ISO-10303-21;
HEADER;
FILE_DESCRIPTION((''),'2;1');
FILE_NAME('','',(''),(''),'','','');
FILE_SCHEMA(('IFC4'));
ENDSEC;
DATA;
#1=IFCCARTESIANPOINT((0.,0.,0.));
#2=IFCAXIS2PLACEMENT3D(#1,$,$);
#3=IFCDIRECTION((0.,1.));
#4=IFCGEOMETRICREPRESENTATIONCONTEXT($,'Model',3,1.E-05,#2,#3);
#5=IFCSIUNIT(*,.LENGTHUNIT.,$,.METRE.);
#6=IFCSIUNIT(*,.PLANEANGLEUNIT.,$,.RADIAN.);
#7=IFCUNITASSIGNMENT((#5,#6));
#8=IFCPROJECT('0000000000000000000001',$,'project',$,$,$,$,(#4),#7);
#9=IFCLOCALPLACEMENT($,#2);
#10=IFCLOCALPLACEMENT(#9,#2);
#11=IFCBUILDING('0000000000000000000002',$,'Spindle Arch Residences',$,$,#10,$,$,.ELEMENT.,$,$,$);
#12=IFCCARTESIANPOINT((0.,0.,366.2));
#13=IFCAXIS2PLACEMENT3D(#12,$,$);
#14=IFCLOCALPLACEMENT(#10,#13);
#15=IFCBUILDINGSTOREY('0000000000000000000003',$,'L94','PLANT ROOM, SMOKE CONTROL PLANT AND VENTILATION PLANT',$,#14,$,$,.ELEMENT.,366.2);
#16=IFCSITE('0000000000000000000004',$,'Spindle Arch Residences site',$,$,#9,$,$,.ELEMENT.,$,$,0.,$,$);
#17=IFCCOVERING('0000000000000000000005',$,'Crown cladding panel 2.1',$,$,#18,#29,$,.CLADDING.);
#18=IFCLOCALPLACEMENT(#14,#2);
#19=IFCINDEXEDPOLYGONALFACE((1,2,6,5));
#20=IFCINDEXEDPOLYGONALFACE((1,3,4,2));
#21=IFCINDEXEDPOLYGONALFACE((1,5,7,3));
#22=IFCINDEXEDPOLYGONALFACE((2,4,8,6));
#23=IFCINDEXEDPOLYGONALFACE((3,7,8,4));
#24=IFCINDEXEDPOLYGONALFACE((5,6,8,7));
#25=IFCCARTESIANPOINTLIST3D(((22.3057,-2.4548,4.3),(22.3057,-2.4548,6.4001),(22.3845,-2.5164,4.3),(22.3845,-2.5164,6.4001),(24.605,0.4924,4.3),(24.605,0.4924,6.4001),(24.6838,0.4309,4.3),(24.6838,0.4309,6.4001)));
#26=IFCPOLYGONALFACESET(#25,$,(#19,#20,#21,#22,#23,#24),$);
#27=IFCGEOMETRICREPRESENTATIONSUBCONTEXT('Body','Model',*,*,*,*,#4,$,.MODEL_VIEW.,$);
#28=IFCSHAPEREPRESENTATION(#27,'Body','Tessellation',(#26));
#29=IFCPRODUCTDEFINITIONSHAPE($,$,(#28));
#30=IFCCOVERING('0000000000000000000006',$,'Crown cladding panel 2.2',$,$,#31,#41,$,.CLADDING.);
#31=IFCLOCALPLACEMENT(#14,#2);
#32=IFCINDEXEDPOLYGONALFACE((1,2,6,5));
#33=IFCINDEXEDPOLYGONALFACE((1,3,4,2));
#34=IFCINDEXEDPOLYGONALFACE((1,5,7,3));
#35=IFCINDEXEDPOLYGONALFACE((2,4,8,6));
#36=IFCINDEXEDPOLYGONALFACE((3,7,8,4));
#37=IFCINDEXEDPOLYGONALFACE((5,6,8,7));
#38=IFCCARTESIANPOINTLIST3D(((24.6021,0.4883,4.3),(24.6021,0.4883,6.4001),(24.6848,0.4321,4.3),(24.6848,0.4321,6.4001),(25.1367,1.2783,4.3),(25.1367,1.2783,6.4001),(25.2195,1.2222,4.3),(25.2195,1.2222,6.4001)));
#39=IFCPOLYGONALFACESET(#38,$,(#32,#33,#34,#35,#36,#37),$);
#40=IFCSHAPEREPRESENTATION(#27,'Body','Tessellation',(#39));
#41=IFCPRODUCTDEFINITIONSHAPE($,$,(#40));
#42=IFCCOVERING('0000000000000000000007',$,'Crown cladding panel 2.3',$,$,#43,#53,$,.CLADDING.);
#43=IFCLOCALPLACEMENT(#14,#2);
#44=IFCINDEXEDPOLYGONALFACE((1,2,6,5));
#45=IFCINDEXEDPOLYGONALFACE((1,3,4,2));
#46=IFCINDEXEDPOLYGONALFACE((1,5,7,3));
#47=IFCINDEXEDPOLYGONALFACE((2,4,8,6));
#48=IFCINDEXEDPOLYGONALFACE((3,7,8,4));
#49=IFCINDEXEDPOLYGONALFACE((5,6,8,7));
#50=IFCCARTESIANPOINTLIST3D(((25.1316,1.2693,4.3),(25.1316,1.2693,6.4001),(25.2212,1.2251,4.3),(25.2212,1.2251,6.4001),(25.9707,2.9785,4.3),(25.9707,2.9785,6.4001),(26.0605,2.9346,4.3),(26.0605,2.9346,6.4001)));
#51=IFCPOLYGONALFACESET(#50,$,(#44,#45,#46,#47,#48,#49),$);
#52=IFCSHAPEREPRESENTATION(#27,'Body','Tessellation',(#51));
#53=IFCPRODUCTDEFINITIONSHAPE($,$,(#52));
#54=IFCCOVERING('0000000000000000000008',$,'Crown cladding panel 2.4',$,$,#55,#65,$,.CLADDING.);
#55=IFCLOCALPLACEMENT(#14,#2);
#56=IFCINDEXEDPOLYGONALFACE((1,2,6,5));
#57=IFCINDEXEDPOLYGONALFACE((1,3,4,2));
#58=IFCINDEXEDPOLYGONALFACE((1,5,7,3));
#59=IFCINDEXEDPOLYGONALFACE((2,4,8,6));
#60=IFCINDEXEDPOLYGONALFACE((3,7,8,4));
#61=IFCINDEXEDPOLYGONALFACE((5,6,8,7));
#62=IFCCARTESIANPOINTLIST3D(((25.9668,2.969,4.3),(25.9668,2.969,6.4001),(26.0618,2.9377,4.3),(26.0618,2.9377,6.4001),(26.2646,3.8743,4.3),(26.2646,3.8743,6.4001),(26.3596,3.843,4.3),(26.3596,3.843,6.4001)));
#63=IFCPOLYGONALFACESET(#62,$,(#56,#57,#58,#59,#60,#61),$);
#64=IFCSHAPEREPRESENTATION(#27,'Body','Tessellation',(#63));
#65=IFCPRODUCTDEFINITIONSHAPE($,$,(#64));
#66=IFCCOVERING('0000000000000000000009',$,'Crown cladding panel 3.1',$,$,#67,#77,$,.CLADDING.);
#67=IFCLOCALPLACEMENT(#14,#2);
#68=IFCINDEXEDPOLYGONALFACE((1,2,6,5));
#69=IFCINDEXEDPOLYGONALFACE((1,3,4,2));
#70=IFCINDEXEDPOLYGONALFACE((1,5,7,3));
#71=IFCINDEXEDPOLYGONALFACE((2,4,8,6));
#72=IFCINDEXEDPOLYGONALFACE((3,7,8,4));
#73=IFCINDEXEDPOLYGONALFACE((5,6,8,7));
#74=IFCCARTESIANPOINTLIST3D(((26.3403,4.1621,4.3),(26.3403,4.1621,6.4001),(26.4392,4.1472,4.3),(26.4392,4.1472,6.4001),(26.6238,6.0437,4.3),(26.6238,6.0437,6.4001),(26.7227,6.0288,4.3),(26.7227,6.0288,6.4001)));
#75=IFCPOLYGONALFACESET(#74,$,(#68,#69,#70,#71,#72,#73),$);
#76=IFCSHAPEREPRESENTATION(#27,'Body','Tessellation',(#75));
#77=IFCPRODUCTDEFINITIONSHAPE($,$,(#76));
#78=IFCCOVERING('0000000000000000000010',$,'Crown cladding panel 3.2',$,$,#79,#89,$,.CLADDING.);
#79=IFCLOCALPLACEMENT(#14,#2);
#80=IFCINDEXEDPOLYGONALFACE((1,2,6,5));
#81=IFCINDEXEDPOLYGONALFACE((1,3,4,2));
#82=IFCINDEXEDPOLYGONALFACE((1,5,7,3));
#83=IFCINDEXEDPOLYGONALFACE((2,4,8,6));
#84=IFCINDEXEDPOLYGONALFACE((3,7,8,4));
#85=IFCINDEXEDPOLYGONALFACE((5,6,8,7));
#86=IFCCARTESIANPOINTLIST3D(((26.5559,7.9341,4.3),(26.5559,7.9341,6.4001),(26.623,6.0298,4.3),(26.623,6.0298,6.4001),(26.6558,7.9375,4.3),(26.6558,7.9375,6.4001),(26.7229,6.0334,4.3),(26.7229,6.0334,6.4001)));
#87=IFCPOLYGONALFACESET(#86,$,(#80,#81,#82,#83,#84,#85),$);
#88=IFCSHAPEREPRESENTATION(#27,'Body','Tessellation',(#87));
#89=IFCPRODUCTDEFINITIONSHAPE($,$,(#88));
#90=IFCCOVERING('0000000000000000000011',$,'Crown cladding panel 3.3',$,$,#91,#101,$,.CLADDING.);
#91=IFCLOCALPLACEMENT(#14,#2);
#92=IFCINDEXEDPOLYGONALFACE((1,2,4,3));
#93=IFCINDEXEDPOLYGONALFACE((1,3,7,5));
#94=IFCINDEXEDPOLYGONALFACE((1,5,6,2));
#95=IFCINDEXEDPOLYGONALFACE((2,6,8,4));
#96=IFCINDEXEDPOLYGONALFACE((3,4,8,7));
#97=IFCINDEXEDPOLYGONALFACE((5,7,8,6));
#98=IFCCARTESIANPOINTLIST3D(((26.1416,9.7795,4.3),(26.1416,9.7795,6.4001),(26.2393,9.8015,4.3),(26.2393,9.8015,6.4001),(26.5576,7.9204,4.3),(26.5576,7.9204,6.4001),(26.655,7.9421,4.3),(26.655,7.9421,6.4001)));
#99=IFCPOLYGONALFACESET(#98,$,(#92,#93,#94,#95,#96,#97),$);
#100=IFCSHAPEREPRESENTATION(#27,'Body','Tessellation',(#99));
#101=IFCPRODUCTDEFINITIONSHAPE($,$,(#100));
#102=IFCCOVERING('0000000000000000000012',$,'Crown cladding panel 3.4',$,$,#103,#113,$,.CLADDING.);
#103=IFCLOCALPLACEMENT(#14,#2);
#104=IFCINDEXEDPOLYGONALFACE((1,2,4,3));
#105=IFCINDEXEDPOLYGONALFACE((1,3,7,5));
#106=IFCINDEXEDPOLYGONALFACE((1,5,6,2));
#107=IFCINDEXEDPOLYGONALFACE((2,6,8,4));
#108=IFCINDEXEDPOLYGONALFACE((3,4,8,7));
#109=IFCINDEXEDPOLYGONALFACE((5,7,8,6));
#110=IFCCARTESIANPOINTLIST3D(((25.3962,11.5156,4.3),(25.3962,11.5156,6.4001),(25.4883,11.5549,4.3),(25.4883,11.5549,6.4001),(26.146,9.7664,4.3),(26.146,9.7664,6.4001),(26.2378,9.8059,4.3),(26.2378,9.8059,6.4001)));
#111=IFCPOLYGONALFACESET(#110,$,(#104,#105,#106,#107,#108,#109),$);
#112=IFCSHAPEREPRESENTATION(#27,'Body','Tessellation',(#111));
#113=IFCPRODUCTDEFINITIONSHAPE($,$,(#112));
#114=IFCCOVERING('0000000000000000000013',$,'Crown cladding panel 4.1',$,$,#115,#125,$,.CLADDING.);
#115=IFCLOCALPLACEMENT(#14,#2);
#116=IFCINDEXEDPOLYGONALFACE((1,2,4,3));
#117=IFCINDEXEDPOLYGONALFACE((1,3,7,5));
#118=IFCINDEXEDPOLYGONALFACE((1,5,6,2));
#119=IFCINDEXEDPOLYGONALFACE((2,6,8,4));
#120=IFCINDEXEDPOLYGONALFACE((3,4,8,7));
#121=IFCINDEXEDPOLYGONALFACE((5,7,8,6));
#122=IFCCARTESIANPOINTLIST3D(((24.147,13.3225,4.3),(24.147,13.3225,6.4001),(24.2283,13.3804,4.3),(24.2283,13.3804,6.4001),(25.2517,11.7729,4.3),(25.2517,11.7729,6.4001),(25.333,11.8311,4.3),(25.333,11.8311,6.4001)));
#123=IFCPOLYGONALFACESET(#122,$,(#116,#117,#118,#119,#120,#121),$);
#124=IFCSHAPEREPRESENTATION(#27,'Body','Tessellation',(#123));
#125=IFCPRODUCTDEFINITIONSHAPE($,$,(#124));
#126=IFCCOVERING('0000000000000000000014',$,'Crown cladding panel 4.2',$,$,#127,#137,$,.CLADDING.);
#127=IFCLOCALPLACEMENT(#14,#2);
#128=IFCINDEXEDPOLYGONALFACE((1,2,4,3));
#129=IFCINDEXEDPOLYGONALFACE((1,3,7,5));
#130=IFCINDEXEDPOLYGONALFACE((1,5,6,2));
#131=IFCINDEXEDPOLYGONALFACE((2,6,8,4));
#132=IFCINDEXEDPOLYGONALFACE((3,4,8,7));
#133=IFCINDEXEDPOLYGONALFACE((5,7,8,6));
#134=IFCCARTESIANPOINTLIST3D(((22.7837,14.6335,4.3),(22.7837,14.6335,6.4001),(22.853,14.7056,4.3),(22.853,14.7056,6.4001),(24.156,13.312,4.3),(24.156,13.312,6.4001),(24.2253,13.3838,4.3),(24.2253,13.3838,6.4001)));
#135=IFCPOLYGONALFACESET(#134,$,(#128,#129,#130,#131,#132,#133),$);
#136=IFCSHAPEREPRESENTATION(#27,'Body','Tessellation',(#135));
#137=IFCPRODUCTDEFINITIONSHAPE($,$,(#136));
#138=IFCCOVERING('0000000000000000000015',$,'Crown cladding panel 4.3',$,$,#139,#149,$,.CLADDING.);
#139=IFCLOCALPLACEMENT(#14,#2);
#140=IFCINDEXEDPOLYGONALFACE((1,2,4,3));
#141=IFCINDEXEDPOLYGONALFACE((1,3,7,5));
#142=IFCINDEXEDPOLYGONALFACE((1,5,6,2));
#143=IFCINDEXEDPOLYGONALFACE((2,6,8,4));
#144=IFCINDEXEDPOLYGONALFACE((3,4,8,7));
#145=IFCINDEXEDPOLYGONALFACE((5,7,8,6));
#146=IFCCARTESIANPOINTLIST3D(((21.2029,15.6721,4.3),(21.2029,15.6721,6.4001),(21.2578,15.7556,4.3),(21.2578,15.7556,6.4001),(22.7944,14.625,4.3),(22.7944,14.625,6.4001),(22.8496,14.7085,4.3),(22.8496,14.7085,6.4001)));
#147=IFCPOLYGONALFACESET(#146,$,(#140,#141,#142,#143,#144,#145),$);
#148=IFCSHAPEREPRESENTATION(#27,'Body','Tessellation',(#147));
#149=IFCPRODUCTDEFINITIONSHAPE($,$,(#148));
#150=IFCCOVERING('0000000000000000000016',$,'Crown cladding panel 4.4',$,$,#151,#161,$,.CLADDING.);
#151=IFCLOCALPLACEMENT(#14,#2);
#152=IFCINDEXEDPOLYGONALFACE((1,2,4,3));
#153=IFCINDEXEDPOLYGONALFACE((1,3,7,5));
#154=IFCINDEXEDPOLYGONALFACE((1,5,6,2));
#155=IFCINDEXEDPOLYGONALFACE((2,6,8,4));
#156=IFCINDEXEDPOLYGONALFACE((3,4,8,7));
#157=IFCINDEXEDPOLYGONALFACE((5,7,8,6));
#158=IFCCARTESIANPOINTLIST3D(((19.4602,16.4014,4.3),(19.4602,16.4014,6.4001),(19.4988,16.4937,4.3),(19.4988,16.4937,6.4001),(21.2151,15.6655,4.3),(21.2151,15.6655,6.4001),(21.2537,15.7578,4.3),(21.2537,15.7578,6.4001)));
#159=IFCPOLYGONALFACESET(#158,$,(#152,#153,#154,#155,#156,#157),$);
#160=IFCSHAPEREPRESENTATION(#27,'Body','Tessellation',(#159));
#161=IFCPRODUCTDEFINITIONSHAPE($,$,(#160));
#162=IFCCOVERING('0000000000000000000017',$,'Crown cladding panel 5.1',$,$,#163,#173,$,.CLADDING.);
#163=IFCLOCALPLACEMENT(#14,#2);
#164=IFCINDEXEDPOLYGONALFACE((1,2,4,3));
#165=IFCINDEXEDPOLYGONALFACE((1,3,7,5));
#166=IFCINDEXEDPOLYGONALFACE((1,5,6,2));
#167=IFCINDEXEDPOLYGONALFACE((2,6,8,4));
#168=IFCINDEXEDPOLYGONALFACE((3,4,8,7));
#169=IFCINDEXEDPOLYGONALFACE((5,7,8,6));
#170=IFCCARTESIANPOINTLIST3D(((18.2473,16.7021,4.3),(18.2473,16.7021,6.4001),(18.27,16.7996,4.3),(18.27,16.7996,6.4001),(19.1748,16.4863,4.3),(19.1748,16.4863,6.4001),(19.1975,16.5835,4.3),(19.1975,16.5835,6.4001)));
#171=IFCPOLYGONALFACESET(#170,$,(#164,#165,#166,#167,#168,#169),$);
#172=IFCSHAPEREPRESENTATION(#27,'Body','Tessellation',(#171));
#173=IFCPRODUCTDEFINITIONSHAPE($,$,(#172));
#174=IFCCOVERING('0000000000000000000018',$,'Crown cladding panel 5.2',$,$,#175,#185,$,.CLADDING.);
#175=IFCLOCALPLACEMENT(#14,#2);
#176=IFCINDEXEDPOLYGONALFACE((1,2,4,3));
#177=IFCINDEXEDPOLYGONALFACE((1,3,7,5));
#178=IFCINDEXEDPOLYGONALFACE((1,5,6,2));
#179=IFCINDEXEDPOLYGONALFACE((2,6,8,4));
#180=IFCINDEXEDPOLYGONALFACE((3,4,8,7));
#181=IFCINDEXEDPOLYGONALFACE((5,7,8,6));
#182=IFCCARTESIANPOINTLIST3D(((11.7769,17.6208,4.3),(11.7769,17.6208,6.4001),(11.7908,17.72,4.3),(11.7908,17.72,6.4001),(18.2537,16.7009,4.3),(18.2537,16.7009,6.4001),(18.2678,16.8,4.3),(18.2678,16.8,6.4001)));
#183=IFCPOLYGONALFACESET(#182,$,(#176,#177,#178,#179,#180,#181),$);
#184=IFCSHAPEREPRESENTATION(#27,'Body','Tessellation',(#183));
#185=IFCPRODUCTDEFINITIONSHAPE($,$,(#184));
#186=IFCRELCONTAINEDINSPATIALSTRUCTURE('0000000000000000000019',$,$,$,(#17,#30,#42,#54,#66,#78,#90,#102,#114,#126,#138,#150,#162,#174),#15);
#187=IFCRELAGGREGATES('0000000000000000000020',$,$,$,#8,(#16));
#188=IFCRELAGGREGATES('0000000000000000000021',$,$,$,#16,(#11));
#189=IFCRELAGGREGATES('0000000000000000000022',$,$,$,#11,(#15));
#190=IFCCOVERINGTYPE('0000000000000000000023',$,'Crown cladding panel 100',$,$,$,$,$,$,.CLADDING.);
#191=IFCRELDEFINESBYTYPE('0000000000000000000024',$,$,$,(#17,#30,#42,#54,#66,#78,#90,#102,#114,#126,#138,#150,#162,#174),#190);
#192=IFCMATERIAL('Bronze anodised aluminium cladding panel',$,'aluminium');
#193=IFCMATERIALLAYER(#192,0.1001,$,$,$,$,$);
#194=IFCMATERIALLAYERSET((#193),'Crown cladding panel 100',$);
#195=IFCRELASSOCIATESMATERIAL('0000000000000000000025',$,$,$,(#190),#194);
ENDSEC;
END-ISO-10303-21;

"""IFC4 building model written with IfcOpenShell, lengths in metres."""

from ifc_helpers import new_model, si_unit, direction, frame, origin, place, context, subcontext, project, spatial, polyline, outline, extrude, material, layer, layer_set, type_object, element, save


model = new_model("IFC4")

# Units and contexts
model_context = context("Model", 3, precision=1e-05, world=origin(), true_north=direction((0.0, 1.0)))
body_context = subcontext(model_context, "Body", "Model", "MODEL_VIEW")
ifc_project = project(units=[si_unit("LENGTHUNIT", "METRE"), si_unit("PLANEANGLEUNIT", "RADIAN")], contexts=[model_context])

# Site, building, storey
site_placement = place(None, origin())
site = spatial("IfcSite", under=ifc_project, at=site_placement, Name="Spindle Arch Residences site", CompositionType="ELEMENT", RefElevation=0.0)
building_placement = place(site_placement, origin())
building = spatial("IfcBuilding", under=site, at=building_placement, Name="Spindle Arch Residences", CompositionType="ELEMENT")
storey_placement = place(building_placement, frame((0.0, 0.0, 366.2)))
storey = spatial("IfcBuildingStorey", under=building, at=storey_placement, Name="L94", Description="PLANT ROOM, SMOKE CONTROL PLANT AND VENTILATION PLANT", CompositionType="ELEMENT", Elevation=366.2)

# Coverings
ifc_material_1 = material(Name="Bronze anodised aluminium cladding panel", Category="aluminium")
ifc_layer_1 = layer(ifc_material_1, 0.1001)
ifc_layer_set_1 = layer_set([ifc_layer_1], Name="Crown cladding panel 100")
covering_type = type_object("IfcCoveringType", Name="Crown cladding panel 100", PredefinedType="CLADDING", material=ifc_layer_set_1)
covering_1_placement = place(storey_placement, frame((0.0, 0.0, 4.3)))
element("IfcCovering", 1, at=covering_1_placement, inside=storey, type_object=covering_type, Name="Crown cladding panel 2.1", PredefinedType="CLADDING", context=body_context, shape_type="SweptSolid", body=[
    extrude(outline(polyline([(24.605, 0.4924), (24.6838, 0.4309), (22.3845, -2.5164), (22.3057, -2.4548), (24.605, 0.4924)])), origin(), (0.0, 0.0, 1.0), 2.1001),
])
covering_2_placement = place(storey_placement, frame((0.0, 0.0, 4.3)))
element("IfcCovering", 2, at=covering_2_placement, inside=storey, type_object=covering_type, Name="Crown cladding panel 2.2", PredefinedType="CLADDING", context=body_context, shape_type="SweptSolid", body=[
    extrude(outline(polyline([(25.1367, 1.2783), (25.2195, 1.2222), (24.6848, 0.4321), (24.6021, 0.4883), (25.1367, 1.2783)])), origin(), (0.0, 0.0, 1.0), 2.1001),
])
covering_3_placement = place(storey_placement, frame((0.0, 0.0, 4.3)))
element("IfcCovering", 3, at=covering_3_placement, inside=storey, type_object=covering_type, Name="Crown cladding panel 2.3", PredefinedType="CLADDING", context=body_context, shape_type="SweptSolid", body=[
    extrude(outline(polyline([(25.9707, 2.9785), (26.0605, 2.9346), (25.2212, 1.2251), (25.1316, 1.2693), (25.9707, 2.9785)])), origin(), (0.0, 0.0, 1.0), 2.1001),
])
covering_4_placement = place(storey_placement, frame((0.0, 0.0, 4.3)))
element("IfcCovering", 4, at=covering_4_placement, inside=storey, type_object=covering_type, Name="Crown cladding panel 2.4", PredefinedType="CLADDING", context=body_context, shape_type="SweptSolid", body=[
    extrude(outline(polyline([(26.2646, 3.8743), (26.3596, 3.843), (26.0618, 2.9377), (25.9668, 2.969), (26.2646, 3.8743)])), origin(), (0.0, 0.0, 1.0), 2.1001),
])
covering_5_placement = place(storey_placement, frame((0.0, 0.0, 4.3)))
element("IfcCovering", 5, at=covering_5_placement, inside=storey, type_object=covering_type, Name="Crown cladding panel 3.1", PredefinedType="CLADDING", context=body_context, shape_type="SweptSolid", body=[
    extrude(outline(polyline([(26.6238, 6.0437), (26.7227, 6.0288), (26.4392, 4.1472), (26.3403, 4.1621), (26.6238, 6.0437)])), origin(), (0.0, 0.0, 1.0), 2.1001),
])
covering_6_placement = place(storey_placement, frame((0.0, 0.0, 4.3)))
element("IfcCovering", 6, at=covering_6_placement, inside=storey, type_object=covering_type, Name="Crown cladding panel 3.2", PredefinedType="CLADDING", context=body_context, shape_type="SweptSolid", body=[
    extrude(outline(polyline([(26.5559, 7.9341), (26.6558, 7.9375), (26.7229, 6.0334), (26.623, 6.0298), (26.5559, 7.9341)])), origin(), (0.0, 0.0, 1.0), 2.1001),
])
covering_7_placement = place(storey_placement, frame((0.0, 0.0, 4.3)))
element("IfcCovering", 7, at=covering_7_placement, inside=storey, type_object=covering_type, Name="Crown cladding panel 3.3", PredefinedType="CLADDING", context=body_context, shape_type="SweptSolid", body=[
    extrude(outline(polyline([(26.1416, 9.7795), (26.2393, 9.8015), (26.655, 7.9421), (26.5576, 7.9204), (26.1416, 9.7795)])), origin(), (0.0, 0.0, 1.0), 2.1001),
])
covering_8_placement = place(storey_placement, frame((0.0, 0.0, 4.3)))
element("IfcCovering", 8, at=covering_8_placement, inside=storey, type_object=covering_type, Name="Crown cladding panel 3.4", PredefinedType="CLADDING", context=body_context, shape_type="SweptSolid", body=[
    extrude(outline(polyline([(25.3962, 11.5156), (25.4883, 11.5549), (26.2378, 9.8059), (26.146, 9.7664), (25.3962, 11.5156)])), origin(), (0.0, 0.0, 1.0), 2.1001),
])
covering_9_placement = place(storey_placement, frame((0.0, 0.0, 4.3)))
element("IfcCovering", 9, at=covering_9_placement, inside=storey, type_object=covering_type, Name="Crown cladding panel 4.1", PredefinedType="CLADDING", context=body_context, shape_type="SweptSolid", body=[
    extrude(outline(polyline([(24.147, 13.3225), (24.2283, 13.3804), (25.333, 11.8311), (25.2517, 11.7729), (24.147, 13.3225)])), origin(), (0.0, 0.0, 1.0), 2.1001),
])
covering_10_placement = place(storey_placement, frame((0.0, 0.0, 4.3)))
element("IfcCovering", 10, at=covering_10_placement, inside=storey, type_object=covering_type, Name="Crown cladding panel 4.2", PredefinedType="CLADDING", context=body_context, shape_type="SweptSolid", body=[
    extrude(outline(polyline([(22.7837, 14.6335), (22.853, 14.7056), (24.2253, 13.3838), (24.156, 13.312), (22.7837, 14.6335)])), origin(), (0.0, 0.0, 1.0), 2.1001),
])
covering_11_placement = place(storey_placement, frame((0.0, 0.0, 4.3)))
element("IfcCovering", 11, at=covering_11_placement, inside=storey, type_object=covering_type, Name="Crown cladding panel 4.3", PredefinedType="CLADDING", context=body_context, shape_type="SweptSolid", body=[
    extrude(outline(polyline([(21.2029, 15.6721), (21.2578, 15.7556), (22.8496, 14.7085), (22.7944, 14.625), (21.2029, 15.6721)])), origin(), (0.0, 0.0, 1.0), 2.1001),
])
covering_12_placement = place(storey_placement, frame((0.0, 0.0, 4.3)))
element("IfcCovering", 12, at=covering_12_placement, inside=storey, type_object=covering_type, Name="Crown cladding panel 4.4", PredefinedType="CLADDING", context=body_context, shape_type="SweptSolid", body=[
    extrude(outline(polyline([(19.4602, 16.4014), (19.4988, 16.4937), (21.2537, 15.7578), (21.2151, 15.6655), (19.4602, 16.4014)])), origin(), (0.0, 0.0, 1.0), 2.1001),
])
covering_13_placement = place(storey_placement, frame((0.0, 0.0, 4.3)))
element("IfcCovering", 13, at=covering_13_placement, inside=storey, type_object=covering_type, Name="Crown cladding panel 5.1", PredefinedType="CLADDING", context=body_context, shape_type="SweptSolid", body=[
    extrude(outline(polyline([(18.2473, 16.7021), (18.27, 16.7996), (19.1975, 16.5835), (19.1748, 16.4863), (18.2473, 16.7021)])), origin(), (0.0, 0.0, 1.0), 2.1001),
])
covering_14_placement = place(storey_placement, frame((0.0, 0.0, 4.3)))
element("IfcCovering", 14, at=covering_14_placement, inside=storey, type_object=covering_type, Name="Crown cladding panel 5.2", PredefinedType="CLADDING", context=body_context, shape_type="SweptSolid", body=[
    extrude(outline(polyline([(11.7769, 17.6208), (11.7908, 17.72), (18.2678, 16.8), (18.2537, 16.7009), (11.7769, 17.6208)])), origin(), (0.0, 0.0, 1.0), 2.1001),
])

save(model, "model.ifc")
